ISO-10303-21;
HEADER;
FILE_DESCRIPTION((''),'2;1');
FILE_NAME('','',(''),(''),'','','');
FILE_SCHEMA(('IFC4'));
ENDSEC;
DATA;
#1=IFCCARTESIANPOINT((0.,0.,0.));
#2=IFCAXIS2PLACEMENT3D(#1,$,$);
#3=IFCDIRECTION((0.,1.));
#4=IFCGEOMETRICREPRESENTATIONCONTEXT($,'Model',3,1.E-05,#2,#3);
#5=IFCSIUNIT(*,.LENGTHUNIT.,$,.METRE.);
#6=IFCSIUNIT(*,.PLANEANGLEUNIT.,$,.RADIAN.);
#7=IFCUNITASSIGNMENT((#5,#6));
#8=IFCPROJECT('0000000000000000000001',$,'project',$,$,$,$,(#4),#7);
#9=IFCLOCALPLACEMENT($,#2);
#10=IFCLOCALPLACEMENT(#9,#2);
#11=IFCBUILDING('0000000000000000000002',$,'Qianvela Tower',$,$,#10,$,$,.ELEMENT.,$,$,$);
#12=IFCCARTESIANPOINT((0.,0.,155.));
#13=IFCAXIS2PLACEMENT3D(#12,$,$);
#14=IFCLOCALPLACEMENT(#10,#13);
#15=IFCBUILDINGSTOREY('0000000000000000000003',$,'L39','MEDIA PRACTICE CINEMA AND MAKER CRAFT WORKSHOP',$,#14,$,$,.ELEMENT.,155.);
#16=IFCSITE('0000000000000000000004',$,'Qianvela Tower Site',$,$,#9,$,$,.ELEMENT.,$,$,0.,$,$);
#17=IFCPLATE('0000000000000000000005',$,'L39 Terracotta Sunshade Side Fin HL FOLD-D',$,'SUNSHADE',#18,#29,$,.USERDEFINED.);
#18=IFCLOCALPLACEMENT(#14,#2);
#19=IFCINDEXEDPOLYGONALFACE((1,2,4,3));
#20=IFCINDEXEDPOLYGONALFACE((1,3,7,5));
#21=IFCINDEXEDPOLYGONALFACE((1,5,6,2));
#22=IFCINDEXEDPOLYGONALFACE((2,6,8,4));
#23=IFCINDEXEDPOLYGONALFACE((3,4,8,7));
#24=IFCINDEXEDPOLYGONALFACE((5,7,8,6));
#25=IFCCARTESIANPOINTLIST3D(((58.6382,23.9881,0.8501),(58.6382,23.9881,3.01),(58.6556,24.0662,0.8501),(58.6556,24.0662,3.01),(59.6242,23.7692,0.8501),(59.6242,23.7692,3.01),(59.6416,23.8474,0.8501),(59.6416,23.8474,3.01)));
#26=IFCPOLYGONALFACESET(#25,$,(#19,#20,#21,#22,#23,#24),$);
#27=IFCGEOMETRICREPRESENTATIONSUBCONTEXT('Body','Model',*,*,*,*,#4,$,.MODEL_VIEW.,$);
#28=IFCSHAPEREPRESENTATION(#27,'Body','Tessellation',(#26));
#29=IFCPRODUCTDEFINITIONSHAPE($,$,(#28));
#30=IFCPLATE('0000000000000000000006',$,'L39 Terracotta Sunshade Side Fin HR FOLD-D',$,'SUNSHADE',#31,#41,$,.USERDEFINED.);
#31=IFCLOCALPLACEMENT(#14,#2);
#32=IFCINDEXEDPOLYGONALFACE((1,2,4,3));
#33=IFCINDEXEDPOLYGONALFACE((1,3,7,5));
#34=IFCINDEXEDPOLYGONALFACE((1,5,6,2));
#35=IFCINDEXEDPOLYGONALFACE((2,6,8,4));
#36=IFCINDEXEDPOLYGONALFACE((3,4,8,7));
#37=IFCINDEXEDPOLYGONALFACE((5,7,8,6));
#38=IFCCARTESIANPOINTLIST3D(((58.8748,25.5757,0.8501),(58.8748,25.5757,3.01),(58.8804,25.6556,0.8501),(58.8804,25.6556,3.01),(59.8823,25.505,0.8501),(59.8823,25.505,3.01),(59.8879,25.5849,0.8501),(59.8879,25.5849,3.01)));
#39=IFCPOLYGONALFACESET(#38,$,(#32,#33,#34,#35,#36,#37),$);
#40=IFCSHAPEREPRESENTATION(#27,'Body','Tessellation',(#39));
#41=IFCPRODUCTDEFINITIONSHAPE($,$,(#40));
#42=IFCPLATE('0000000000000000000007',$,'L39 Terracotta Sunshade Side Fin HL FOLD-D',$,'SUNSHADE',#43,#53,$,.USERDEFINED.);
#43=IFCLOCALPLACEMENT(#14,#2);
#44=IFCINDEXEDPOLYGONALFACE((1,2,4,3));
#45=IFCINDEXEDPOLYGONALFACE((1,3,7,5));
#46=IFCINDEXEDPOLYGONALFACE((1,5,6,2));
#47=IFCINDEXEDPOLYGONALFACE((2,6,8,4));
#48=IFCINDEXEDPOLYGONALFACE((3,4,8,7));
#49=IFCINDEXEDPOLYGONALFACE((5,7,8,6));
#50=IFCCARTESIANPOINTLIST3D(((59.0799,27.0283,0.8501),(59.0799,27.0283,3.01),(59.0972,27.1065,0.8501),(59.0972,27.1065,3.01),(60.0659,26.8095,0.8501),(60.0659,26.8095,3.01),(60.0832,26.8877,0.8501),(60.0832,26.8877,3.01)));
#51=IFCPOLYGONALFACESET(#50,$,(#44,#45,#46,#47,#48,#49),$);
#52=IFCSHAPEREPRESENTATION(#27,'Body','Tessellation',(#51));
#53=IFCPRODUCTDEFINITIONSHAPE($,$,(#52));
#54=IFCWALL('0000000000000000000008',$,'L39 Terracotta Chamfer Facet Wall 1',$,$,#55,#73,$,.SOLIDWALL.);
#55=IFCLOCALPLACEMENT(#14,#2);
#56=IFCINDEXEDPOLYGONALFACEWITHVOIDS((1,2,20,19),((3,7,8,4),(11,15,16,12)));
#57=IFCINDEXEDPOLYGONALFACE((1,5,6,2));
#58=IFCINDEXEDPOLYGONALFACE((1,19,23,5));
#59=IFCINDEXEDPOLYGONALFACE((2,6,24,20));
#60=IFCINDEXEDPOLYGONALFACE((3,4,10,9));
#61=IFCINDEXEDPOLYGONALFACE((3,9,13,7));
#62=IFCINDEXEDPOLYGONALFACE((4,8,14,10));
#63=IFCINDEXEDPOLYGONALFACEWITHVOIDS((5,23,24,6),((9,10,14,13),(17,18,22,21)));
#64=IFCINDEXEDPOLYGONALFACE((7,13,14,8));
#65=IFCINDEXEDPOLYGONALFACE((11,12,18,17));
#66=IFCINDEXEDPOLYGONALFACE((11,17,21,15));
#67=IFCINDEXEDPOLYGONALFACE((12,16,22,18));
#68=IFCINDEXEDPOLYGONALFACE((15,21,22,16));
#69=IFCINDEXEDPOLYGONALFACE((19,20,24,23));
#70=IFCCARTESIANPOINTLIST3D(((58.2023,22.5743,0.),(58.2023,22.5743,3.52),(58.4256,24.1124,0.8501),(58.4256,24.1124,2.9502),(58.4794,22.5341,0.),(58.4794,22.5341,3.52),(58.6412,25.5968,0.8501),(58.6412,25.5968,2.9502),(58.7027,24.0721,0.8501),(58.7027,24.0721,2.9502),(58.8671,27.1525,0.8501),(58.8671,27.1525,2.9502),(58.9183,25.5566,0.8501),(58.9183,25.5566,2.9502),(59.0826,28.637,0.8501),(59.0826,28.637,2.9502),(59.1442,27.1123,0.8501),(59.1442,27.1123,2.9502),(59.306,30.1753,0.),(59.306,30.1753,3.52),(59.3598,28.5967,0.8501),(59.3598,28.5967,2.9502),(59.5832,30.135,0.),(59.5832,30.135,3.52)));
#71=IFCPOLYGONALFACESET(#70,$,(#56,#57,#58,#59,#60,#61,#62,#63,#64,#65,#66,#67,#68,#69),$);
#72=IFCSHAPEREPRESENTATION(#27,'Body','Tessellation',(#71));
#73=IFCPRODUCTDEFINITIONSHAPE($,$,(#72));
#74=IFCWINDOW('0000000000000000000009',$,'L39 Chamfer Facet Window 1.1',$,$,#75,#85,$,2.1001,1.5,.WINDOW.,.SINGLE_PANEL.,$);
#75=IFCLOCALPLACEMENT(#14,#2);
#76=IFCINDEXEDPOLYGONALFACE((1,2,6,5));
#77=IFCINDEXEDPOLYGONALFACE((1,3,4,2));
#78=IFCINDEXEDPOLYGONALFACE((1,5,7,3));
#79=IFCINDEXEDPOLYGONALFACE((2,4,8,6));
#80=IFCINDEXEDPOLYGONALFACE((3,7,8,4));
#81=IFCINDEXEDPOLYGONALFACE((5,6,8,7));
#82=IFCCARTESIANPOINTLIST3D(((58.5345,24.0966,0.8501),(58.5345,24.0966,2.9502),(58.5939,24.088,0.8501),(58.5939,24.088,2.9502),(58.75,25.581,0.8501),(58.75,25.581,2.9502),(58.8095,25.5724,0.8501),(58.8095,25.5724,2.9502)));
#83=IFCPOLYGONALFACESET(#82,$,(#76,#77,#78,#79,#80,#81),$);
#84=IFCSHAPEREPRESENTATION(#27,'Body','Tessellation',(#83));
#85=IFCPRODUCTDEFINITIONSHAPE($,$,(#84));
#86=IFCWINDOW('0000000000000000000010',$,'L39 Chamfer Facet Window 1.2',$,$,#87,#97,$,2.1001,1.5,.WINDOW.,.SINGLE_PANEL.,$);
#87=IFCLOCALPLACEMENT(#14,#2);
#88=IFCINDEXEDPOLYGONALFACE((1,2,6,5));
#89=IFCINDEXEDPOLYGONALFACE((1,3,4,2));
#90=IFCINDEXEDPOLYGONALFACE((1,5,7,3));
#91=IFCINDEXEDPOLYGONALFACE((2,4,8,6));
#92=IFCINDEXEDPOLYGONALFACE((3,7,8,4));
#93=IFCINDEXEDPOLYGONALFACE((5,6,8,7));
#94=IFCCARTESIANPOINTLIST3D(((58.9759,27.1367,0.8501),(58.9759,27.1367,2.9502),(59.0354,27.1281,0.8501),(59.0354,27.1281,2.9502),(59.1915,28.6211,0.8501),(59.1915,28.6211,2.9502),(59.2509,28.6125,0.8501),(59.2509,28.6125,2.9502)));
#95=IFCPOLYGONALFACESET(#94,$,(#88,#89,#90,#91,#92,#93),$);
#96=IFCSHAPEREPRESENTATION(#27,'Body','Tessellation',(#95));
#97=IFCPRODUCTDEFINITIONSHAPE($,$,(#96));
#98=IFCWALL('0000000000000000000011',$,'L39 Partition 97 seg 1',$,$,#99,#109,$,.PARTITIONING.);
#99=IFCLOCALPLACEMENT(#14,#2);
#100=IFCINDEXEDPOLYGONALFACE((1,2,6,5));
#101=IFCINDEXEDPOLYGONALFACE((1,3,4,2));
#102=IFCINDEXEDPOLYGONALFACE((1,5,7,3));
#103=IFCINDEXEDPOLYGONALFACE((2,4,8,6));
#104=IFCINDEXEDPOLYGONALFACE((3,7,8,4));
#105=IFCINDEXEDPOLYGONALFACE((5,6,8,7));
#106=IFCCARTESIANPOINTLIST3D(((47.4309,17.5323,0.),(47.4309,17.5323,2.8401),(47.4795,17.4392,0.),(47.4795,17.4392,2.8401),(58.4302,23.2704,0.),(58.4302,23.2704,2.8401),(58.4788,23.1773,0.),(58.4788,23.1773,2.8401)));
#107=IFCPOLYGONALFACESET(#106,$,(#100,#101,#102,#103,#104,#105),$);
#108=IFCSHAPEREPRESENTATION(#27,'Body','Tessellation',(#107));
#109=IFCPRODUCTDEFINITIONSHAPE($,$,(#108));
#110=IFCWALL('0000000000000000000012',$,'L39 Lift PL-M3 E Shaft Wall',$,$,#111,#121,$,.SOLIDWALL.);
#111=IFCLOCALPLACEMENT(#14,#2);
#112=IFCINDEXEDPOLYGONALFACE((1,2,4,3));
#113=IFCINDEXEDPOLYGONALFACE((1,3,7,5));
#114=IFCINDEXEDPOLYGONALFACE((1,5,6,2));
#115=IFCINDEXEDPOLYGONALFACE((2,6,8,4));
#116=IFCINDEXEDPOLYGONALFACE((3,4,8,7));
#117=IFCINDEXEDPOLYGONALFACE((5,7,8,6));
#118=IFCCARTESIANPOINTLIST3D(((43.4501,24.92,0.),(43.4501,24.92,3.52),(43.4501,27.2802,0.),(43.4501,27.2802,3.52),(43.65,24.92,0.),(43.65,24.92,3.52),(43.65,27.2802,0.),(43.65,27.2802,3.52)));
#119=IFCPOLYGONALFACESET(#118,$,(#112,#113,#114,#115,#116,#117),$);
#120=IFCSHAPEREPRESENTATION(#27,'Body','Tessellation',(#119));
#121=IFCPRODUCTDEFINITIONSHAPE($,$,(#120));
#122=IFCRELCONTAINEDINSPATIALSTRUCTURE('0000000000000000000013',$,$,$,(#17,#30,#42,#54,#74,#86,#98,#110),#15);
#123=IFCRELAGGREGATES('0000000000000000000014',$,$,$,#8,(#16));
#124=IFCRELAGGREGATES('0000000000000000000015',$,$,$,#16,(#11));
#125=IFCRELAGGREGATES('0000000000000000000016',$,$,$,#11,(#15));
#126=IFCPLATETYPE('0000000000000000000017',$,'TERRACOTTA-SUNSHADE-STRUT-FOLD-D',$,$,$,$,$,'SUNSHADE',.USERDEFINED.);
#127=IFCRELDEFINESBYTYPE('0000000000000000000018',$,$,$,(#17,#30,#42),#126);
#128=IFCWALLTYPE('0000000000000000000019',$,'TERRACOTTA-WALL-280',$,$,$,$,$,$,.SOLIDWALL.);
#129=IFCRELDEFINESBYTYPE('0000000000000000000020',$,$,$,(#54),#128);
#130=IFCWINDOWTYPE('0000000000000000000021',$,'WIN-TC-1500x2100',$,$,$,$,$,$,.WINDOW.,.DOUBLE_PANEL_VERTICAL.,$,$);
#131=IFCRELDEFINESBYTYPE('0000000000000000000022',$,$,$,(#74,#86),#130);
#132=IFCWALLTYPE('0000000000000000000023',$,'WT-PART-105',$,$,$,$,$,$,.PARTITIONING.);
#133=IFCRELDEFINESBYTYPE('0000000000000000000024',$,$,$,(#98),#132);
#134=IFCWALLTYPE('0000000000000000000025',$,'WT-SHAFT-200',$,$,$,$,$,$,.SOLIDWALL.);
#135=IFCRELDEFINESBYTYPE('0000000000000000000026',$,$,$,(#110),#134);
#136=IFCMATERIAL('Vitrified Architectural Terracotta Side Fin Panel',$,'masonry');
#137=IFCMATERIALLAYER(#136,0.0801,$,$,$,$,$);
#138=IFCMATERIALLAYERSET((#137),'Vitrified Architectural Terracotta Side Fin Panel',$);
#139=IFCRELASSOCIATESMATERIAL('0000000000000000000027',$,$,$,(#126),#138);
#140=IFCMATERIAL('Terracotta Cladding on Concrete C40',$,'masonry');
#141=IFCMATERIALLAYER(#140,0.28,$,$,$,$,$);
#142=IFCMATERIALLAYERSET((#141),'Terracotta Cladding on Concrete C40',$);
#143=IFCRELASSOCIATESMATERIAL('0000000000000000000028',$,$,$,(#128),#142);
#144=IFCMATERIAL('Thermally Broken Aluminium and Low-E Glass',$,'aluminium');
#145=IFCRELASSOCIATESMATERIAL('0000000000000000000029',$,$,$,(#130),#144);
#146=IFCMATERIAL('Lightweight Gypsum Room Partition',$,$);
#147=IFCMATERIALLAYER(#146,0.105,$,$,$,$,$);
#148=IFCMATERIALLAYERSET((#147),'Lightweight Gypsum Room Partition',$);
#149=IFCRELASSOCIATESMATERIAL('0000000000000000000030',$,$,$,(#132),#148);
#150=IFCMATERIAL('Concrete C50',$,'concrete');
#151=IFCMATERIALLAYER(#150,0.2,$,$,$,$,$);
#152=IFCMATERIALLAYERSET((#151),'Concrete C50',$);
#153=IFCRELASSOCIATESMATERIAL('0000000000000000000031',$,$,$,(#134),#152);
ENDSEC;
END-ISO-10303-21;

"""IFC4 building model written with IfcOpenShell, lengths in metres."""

from ifc_helpers import new_model, si_unit, direction, frame, frame_2d, origin, origin_2d, place, context, subcontext, project, spatial, rectangle, extrude, material, layer, layer_set, type_object, element, fill, save


model = new_model("IFC4")

# Units and contexts
model_context = context("Model", 3, precision=1e-05, world=origin(), true_north=direction((0.0, 1.0)))
body_context = subcontext(model_context, "Body", "Model", "MODEL_VIEW")
ifc_project = project(units=[si_unit("LENGTHUNIT", "METRE"), si_unit("PLANEANGLEUNIT", "RADIAN")], contexts=[model_context])

# Site, building, storey
site_placement = place(None, origin())
site = spatial("IfcSite", under=ifc_project, at=site_placement, Name="Qianvela Tower Site", CompositionType="ELEMENT", RefElevation=0.0)
building_placement = place(site_placement, origin())
building = spatial("IfcBuilding", under=site, at=building_placement, Name="Qianvela Tower", CompositionType="ELEMENT")
storey_placement = place(building_placement, frame((0.0, 0.0, 155.0)))
storey = spatial("IfcBuildingStorey", under=building, at=storey_placement, Name="L39", Description="MEDIA PRACTICE CINEMA AND MAKER CRAFT WORKSHOP", CompositionType="ELEMENT", Elevation=155.0)

# Plates
ifc_material_1 = material(Name="Vitrified Architectural Terracotta Side Fin Panel", Category="masonry")
ifc_layer_1 = layer(ifc_material_1, 0.0801)
ifc_layer_set_1 = layer_set([ifc_layer_1], Name="Vitrified Architectural Terracotta Side Fin Panel")
plate_type_1 = type_object("IfcPlateType", Name="TERRACOTTA-SUNSHADE-STRUT-FOLD-D", ElementType="SUNSHADE", PredefinedType="USERDEFINED", material=ifc_layer_set_1)
for number, where, z_axis, x_axis, name in (
    (1, (59.1399, 23.9177, 0.8501), (0.0, 0.0, 1.0), (0.216673, 0.976244, 0.0), "L39 Terracotta Sunshade Side Fin HL FOLD-D"),
    (2, (59.3813, 25.5803, 0.8501), (0.0, 0.0, 1.0), (0.069995, 0.997547, 0.0), "L39 Terracotta Sunshade Side Fin HR FOLD-D"),
    (3, (59.5815, 26.958, 0.8501), (0.0, 0.0, 1.0), (0.216673, 0.976244, 0.0), "L39 Terracotta Sunshade Side Fin HL FOLD-D"),
):
    element("IfcPlate", number, at=place(storey_placement, frame(where, z_axis=z_axis, x_axis=x_axis)), inside=storey, type_object=plate_type_1, Name=name, ObjectType="SUNSHADE", PredefinedType="USERDEFINED", context=body_context, shape_type="SweptSolid", body=[
        extrude(rectangle(XDim=0.0801, YDim=1.01, at=origin_2d()), origin(), (0.0, 0.0, 1.0), 2.1599),
    ])

# Wall, openings, windows
ifc_material_2 = material(Name="Terracotta Cladding on Concrete C40", Category="masonry")
ifc_layer_2 = layer(ifc_material_2, 0.28)
ifc_layer_set_2 = layer_set([ifc_layer_2], Name="Terracotta Cladding on Concrete C40")
wall_type_1 = type_object("IfcWallType", Name="TERRACOTTA-WALL-280", PredefinedType="SOLIDWALL", material=ifc_layer_set_2)
wall_1_placement = place(storey_placement, frame((58.3408, 22.5542, 0.0), z_axis=(0.0, 0.0, 1.0), x_axis=(0.143708, 0.98962, 0.0)))
wall_1 = element("IfcWall", 4, at=wall_1_placement, inside=storey, type_object=wall_type_1, Name="L39 Terracotta Chamfer Facet Wall 1", PredefinedType="SOLIDWALL", context=body_context, shape_type="SweptSolid", body=[
    extrude(rectangle(XDim=7.6807, YDim=0.28, at=frame_2d((3.8403, 0.0))), origin(), (0.0, 0.0, 1.0), 3.52),
])
opening_1_placement = place(wall_1_placement, frame((1.5542, 0.0, 0.8501)))
opening_1 = element("IfcOpeningElement", 5, at=opening_1_placement, cuts=wall_1, PredefinedType="OPENING", context=body_context, shape_type="SweptSolid", body=[
    extrude(rectangle(XDim=1.5, YDim=2.1001, at=frame_2d((0.75, 1.05))), frame((0.0, 0.1499, 0.0), z_axis=(0.0, -1.0, 0.0), x_axis=(1.0, 0.0, 0.0)), (0.0, 0.0, 1.0), 0.3),
])
opening_2_placement = place(wall_1_placement, frame((4.6262, 0.0, 0.8501)))
opening_2 = element("IfcOpeningElement", 6, at=opening_2_placement, cuts=wall_1, PredefinedType="OPENING", context=body_context, shape_type="SweptSolid", body=[
    extrude(rectangle(XDim=1.5, YDim=2.1001, at=frame_2d((0.75, 1.05))), frame((0.0, 0.1499, 0.0), z_axis=(0.0, -1.0, 0.0), x_axis=(1.0, 0.0, 0.0)), (0.0, 0.0, 1.0), 0.3),
])
ifc_material_3 = material(Name="Thermally Broken Aluminium and Low-E Glass", Category="aluminium")
window_type = type_object("IfcWindowType", Name="WIN-TC-1500x2100", PartitioningType="DOUBLE_PANEL_VERTICAL", PredefinedType="WINDOW", material=ifc_material_3)
window_1_placement = place(opening_1_placement, origin())
window_1 = element("IfcWindow", 7, at=window_1_placement, inside=storey, type_object=window_type, Name="L39 Chamfer Facet Window 1.1", OverallHeight=2.1001, OverallWidth=1.5, PartitioningType="SINGLE_PANEL", PredefinedType="WINDOW", context=body_context, shape_type="SweptSolid", body=[
    extrude(rectangle(XDim=1.5, YDim=2.1001, at=frame_2d((0.75, 1.05))), frame((0.0, 0.03, 0.0), z_axis=(0.0, -1.0, 0.0), x_axis=(1.0, 0.0, 0.0)), (0.0, 0.0, 1.0), 0.0601),
])
fill(opening_1, window_1)
window_2_placement = place(opening_2_placement, origin())
window_2 = element("IfcWindow", 8, at=window_2_placement, inside=storey, type_object=window_type, Name="L39 Chamfer Facet Window 1.2", OverallHeight=2.1001, OverallWidth=1.5, PartitioningType="SINGLE_PANEL", PredefinedType="WINDOW", context=body_context, shape_type="SweptSolid", body=[
    extrude(rectangle(XDim=1.5, YDim=2.1001, at=frame_2d((0.75, 1.05))), frame((0.0, 0.03, 0.0), z_axis=(0.0, -1.0, 0.0), x_axis=(1.0, 0.0, 0.0)), (0.0, 0.0, 1.0), 0.0601),
])
fill(opening_2, window_2)

# Walls
ifc_material_4 = material(Name="Lightweight Gypsum Room Partition")
ifc_layer_3 = layer(ifc_material_4, 0.105)
ifc_layer_set_3 = layer_set([ifc_layer_3], Name="Lightweight Gypsum Room Partition")
wall_type_2 = type_object("IfcWallType", Name="WT-PART-105", PredefinedType="PARTITIONING", material=ifc_layer_set_3)
wall_2_placement = place(storey_placement, frame((58.4546, 23.2239, 0.0), z_axis=(0.0, 0.0, 1.0), x_axis=(-0.886608, -0.462521, 0.0)))
element("IfcWall", 9, at=wall_2_placement, inside=storey, type_object=wall_type_2, Name="L39 Partition 97 seg 1", PredefinedType="PARTITIONING", context=body_context, shape_type="SweptSolid", body=[
    extrude(rectangle(XDim=12.406, YDim=0.105, at=frame_2d((6.2031, 0.0))), origin(), (0.0, 0.0, 1.0), 2.8401),
])
ifc_material_5 = material(Name="Concrete C50", Category="concrete")
ifc_layer_4 = layer(ifc_material_5, 0.2)
ifc_layer_set_4 = layer_set([ifc_layer_4], Name="Concrete C50")
wall_type_3 = type_object("IfcWallType", Name="WT-SHAFT-200", PredefinedType="SOLIDWALL", material=ifc_layer_set_4)
wall_3_placement = place(storey_placement, frame((43.55, 24.9199, 0.0), z_axis=(0.0, 0.0, 1.0), x_axis=(0.0, 1.0, 0.0)))
element("IfcWall", 10, at=wall_3_placement, inside=storey, type_object=wall_type_3, Name="L39 Lift PL-M3 E Shaft Wall", PredefinedType="SOLIDWALL", context=body_context, shape_type="SweptSolid", body=[
    extrude(rectangle(XDim=2.3601, YDim=0.2, at=frame_2d((1.1802, 0.0))), origin(), (0.0, 0.0, 1.0), 3.52),
])

save(model, "model.ifc")
